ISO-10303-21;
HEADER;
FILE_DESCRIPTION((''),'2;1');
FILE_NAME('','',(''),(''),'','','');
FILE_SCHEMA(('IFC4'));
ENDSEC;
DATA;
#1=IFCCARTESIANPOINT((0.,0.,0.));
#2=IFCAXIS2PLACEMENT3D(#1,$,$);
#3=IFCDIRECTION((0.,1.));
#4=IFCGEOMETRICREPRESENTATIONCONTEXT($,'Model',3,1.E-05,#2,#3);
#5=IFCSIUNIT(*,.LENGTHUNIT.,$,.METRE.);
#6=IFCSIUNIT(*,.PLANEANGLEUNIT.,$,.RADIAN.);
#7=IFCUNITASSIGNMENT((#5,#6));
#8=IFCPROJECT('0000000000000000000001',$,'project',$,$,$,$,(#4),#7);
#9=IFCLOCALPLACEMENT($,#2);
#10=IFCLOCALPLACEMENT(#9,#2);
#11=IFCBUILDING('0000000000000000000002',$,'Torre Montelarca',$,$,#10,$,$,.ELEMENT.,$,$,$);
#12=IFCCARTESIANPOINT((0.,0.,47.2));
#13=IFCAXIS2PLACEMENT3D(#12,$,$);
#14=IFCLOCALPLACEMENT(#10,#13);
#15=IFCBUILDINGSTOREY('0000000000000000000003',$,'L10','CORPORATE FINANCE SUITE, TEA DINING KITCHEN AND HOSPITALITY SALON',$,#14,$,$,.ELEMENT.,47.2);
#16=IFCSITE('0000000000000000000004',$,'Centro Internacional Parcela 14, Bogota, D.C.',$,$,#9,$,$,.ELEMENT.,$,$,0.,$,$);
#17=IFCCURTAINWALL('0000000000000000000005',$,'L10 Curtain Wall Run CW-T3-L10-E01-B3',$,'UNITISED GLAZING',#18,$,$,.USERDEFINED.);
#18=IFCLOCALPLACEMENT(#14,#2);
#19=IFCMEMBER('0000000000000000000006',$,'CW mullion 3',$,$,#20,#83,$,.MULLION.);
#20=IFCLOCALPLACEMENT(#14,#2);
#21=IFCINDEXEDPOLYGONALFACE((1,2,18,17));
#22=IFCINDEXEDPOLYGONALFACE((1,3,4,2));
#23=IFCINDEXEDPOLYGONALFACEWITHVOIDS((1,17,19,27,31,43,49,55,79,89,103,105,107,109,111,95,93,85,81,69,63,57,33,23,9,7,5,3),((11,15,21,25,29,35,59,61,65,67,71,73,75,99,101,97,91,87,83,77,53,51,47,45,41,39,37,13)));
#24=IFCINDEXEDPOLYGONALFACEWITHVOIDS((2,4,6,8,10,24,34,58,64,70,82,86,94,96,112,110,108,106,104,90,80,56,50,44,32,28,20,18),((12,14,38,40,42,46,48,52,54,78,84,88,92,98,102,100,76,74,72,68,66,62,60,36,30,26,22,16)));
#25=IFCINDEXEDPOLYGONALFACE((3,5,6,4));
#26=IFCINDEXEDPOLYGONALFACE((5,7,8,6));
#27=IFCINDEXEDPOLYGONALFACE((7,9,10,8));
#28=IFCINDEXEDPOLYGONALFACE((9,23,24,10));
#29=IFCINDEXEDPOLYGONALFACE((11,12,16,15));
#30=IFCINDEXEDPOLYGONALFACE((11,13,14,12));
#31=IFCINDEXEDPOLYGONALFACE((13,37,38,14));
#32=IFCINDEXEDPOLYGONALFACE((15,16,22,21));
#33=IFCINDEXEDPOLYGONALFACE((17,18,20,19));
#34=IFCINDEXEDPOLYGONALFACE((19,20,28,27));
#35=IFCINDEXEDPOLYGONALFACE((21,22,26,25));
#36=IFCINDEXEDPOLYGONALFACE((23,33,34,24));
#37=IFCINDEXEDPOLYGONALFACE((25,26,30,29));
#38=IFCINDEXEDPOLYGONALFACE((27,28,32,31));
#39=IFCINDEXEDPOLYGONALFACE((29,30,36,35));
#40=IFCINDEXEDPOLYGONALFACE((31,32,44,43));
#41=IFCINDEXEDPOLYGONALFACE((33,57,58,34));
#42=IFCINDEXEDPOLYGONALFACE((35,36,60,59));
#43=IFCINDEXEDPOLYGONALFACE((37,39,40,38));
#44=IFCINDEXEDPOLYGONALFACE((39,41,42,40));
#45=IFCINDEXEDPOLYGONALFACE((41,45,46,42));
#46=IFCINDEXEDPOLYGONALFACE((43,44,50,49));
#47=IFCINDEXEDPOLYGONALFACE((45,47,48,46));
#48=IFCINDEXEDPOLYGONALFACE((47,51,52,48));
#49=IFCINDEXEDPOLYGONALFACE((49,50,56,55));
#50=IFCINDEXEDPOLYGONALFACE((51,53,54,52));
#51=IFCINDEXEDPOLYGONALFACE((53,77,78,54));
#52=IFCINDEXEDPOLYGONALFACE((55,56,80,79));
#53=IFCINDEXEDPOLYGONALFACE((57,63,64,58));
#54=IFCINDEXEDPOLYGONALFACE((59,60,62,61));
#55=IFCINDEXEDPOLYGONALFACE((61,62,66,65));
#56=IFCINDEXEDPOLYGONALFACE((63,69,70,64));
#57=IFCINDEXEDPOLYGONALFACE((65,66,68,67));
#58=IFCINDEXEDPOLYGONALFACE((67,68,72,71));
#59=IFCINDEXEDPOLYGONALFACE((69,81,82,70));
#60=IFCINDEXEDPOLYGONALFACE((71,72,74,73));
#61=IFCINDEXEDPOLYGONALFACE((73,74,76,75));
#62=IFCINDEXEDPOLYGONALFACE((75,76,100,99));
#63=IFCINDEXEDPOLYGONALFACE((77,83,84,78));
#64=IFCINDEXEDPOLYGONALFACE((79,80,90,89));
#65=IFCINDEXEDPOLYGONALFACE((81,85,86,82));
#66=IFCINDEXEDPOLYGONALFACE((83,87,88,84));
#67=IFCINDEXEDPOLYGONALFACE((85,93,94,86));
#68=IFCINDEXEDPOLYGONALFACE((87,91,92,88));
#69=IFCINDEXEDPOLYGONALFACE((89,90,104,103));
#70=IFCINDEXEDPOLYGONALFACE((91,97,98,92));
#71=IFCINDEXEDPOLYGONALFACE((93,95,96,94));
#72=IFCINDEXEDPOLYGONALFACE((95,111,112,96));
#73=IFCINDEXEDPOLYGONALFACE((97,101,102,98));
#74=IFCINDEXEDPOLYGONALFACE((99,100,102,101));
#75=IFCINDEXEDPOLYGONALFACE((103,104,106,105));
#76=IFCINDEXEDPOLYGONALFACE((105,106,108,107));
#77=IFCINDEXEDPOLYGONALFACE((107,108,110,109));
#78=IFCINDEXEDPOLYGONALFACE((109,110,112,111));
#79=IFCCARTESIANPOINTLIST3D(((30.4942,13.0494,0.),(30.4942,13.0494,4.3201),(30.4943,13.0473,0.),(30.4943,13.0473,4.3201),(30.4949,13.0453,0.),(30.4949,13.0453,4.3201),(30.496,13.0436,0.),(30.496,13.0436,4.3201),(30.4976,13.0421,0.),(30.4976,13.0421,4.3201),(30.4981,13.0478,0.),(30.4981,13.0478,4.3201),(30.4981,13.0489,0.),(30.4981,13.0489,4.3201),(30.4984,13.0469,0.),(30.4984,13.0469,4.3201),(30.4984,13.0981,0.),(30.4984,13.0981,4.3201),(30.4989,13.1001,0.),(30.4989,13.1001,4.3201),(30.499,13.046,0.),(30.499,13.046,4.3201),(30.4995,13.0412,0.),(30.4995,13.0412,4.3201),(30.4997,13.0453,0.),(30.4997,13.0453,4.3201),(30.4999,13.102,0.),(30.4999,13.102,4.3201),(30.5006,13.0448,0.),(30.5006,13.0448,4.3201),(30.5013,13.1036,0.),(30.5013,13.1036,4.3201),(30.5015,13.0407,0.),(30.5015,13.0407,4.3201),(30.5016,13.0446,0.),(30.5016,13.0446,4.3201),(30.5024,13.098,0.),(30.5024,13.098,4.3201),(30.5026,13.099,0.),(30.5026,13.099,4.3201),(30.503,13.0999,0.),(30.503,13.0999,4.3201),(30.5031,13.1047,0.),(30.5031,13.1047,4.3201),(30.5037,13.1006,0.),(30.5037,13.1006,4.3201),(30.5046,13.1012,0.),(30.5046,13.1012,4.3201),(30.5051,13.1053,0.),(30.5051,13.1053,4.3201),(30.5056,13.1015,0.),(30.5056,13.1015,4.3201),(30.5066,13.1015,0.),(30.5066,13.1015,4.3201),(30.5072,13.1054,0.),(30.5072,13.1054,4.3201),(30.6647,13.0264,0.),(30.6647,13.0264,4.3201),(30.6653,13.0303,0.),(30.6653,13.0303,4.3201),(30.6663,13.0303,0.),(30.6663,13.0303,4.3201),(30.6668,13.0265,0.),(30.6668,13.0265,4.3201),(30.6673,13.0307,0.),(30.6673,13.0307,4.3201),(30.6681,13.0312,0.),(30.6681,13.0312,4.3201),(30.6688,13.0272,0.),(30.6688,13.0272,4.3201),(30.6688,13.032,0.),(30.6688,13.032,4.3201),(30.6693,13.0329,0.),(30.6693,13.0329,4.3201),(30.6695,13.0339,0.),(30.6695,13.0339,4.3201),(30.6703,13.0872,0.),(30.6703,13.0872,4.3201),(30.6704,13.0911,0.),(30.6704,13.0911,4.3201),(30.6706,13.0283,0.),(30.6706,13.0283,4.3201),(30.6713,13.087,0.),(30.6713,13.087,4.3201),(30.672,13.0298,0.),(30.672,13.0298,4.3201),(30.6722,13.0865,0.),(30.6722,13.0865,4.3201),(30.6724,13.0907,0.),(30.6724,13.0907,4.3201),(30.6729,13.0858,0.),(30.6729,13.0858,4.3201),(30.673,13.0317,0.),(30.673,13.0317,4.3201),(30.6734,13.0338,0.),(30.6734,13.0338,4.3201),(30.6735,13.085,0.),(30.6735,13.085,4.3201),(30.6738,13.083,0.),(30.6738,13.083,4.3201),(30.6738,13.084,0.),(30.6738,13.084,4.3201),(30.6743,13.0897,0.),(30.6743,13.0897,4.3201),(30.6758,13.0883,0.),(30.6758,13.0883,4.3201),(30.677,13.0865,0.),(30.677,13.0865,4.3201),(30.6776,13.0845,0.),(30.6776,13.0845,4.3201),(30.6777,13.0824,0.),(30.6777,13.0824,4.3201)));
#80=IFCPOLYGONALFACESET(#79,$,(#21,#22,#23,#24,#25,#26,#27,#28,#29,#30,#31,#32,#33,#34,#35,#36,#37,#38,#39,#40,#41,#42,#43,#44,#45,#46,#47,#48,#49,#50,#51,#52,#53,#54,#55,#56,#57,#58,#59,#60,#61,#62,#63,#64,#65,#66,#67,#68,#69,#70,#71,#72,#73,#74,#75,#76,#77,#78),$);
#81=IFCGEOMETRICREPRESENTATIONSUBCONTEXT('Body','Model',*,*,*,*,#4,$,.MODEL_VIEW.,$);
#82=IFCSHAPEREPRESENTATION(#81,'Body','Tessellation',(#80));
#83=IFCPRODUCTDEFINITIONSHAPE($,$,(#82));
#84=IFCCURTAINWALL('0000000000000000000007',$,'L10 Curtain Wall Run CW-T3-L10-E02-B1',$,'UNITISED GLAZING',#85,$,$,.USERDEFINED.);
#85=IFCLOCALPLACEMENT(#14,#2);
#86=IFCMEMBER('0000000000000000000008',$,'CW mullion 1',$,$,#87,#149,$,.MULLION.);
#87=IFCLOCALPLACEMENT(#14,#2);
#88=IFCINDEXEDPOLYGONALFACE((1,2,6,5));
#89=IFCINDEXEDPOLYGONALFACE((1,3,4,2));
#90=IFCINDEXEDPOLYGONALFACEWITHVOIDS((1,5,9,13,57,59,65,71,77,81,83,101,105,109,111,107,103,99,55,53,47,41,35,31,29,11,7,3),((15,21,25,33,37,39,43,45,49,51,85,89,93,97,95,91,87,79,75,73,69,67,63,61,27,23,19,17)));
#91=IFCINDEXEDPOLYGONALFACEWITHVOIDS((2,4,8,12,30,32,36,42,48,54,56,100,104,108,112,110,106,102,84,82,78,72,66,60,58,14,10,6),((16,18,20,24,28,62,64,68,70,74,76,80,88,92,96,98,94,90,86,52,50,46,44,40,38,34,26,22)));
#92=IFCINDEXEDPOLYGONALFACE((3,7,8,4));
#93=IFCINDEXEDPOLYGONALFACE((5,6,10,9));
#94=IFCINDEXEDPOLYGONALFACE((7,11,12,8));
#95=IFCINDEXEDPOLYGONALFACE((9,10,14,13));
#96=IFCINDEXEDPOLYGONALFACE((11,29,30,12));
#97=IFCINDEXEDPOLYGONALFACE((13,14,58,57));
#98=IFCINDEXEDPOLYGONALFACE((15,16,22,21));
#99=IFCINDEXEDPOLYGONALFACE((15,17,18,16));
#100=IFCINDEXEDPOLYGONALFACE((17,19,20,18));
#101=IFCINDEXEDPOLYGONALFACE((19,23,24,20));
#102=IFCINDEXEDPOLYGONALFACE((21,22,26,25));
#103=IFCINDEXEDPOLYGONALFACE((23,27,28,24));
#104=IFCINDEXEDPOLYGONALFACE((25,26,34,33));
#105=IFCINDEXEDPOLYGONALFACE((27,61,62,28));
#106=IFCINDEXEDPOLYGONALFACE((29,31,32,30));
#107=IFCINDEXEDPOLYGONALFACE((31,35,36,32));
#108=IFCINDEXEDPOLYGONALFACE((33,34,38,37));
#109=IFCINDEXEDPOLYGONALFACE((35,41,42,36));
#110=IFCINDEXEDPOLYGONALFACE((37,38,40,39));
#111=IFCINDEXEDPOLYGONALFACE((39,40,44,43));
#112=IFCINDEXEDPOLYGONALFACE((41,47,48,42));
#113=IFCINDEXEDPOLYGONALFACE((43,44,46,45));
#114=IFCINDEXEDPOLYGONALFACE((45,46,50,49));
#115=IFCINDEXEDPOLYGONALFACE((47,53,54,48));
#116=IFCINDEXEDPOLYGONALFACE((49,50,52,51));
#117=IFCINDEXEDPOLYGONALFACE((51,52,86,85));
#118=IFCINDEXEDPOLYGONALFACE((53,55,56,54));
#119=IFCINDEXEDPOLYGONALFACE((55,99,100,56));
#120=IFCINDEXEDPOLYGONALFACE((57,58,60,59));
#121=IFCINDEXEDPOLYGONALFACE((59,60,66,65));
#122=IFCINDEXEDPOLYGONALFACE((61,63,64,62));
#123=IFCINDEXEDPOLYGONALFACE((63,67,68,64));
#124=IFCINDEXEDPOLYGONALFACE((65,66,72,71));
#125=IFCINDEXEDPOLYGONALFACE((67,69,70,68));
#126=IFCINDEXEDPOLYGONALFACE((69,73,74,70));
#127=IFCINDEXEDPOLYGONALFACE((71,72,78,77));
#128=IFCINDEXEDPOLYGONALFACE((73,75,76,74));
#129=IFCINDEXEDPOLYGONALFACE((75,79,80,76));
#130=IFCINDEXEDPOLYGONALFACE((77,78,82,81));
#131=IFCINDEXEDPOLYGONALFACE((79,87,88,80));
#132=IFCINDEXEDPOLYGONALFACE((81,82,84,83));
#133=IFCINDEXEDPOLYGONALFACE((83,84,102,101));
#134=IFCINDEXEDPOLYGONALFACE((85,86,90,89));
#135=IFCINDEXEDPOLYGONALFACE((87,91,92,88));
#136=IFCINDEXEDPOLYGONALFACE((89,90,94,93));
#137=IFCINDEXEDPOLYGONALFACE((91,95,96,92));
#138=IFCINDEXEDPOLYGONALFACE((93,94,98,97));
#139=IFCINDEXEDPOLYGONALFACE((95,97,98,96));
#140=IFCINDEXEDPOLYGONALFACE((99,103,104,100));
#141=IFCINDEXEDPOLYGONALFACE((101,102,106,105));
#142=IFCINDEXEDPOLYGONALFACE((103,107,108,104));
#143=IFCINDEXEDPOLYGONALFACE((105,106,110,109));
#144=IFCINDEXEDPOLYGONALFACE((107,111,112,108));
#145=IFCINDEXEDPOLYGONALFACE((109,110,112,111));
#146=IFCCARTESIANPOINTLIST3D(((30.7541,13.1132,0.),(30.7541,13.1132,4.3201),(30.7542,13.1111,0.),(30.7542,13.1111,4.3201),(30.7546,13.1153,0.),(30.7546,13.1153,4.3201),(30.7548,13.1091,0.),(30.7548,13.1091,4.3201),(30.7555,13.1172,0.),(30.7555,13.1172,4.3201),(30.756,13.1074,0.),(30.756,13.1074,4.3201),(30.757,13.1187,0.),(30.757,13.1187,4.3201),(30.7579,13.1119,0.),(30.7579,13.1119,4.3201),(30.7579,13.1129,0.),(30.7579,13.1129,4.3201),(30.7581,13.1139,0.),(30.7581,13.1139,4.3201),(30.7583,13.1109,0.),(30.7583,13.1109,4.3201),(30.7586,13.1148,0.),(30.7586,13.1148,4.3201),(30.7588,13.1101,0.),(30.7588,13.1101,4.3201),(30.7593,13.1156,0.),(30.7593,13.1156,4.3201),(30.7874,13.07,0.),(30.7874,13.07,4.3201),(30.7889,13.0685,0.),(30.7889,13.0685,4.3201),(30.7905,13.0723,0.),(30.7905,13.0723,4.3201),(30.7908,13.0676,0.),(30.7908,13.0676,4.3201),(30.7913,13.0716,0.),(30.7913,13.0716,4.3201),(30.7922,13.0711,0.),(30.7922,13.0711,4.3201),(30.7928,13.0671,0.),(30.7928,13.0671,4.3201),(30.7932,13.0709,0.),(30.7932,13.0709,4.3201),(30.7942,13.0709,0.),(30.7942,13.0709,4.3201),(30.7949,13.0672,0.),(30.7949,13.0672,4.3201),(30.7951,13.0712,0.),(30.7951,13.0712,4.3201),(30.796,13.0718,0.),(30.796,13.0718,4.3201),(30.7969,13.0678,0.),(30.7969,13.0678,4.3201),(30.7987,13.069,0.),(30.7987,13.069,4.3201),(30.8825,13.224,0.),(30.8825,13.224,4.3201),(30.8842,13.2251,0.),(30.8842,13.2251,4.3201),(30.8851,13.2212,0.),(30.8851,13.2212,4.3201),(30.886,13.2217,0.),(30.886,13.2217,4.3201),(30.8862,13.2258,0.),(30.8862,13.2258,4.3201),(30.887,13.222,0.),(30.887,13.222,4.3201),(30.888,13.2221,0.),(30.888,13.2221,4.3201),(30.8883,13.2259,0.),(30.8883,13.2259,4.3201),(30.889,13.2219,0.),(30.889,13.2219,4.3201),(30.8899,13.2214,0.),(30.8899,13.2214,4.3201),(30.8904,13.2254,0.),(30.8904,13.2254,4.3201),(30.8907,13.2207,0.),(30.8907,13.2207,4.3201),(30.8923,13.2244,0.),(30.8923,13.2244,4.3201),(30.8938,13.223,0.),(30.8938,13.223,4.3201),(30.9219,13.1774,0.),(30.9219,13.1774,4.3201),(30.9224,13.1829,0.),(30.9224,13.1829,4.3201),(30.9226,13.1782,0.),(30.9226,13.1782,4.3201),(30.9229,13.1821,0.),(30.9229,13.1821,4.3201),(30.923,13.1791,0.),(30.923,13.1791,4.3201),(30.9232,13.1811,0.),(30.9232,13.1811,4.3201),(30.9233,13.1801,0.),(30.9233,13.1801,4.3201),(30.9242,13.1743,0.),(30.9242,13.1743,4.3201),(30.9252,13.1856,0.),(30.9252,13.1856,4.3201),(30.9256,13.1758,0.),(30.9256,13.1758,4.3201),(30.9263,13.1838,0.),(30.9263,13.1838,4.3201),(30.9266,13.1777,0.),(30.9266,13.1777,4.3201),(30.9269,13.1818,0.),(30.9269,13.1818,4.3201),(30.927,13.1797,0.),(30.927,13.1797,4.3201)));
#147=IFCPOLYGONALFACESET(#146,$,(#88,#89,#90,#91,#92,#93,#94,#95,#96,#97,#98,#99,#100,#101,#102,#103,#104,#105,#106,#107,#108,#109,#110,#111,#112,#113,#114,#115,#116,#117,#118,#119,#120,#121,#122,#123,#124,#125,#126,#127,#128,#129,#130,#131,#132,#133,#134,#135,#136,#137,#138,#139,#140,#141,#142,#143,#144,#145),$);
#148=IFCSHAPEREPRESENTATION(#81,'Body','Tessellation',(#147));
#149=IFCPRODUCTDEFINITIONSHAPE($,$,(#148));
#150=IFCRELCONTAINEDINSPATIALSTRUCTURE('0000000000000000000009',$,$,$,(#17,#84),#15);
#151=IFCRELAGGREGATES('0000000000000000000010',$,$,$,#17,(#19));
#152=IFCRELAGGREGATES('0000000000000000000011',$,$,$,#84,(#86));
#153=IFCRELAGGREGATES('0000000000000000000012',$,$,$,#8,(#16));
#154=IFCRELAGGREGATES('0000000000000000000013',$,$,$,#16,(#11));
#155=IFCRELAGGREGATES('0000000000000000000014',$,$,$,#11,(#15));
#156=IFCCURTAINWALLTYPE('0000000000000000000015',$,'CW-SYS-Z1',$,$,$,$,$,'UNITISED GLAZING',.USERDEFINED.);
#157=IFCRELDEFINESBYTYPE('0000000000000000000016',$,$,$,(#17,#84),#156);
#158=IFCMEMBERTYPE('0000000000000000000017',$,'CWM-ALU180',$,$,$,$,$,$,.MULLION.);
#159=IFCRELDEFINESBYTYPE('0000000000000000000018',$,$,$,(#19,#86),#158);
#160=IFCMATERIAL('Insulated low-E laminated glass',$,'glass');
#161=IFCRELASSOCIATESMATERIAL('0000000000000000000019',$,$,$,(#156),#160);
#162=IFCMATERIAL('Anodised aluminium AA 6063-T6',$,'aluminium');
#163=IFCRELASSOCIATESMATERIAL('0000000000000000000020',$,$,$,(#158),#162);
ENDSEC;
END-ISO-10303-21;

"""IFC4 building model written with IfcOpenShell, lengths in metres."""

from ifc_helpers import new_model, si_unit, direction, frame, origin, origin_2d, place, context, subcontext, project, spatial, hollow_rectangle, extrude, source, transform, mapped, material, material_profile, profile_set, type_object, element, aggregate, save


model = new_model("IFC4")

# Units and contexts
model_context = context("Model", 3, precision=1e-05, world=origin(), true_north=direction((0.0, 1.0)))
body_context = subcontext(model_context, "Body", "Model", "MODEL_VIEW")
ifc_project = project(units=[si_unit("LENGTHUNIT", "METRE"), si_unit("PLANEANGLEUNIT", "RADIAN")], contexts=[model_context])

# Site, building, storey
site_placement = place(None, origin())
site = spatial("IfcSite", under=ifc_project, at=site_placement, Name="Centro Internacional Parcela 14, Bogota, D.C.", CompositionType="ELEMENT", RefElevation=0.0)
building_placement = place(site_placement, origin())
building = spatial("IfcBuilding", under=site, at=building_placement, Name="Torre Montelarca", CompositionType="ELEMENT")
storey_placement = place(building_placement, frame((0.0, 0.0, 47.2)))
storey = spatial("IfcBuildingStorey", under=building, at=storey_placement, Name="L10", Description="CORPORATE FINANCE SUITE, TEA DINING KITCHEN AND HOSPITALITY SALON", CompositionType="ELEMENT", Elevation=47.2)

# Shared definitions
ifc_material_1 = material(Name="Insulated low-E laminated glass", Category="glass")
curtain_wall_type = type_object("IfcCurtainWallType", Name="CW-SYS-Z1", ElementType="UNITISED GLAZING", PredefinedType="USERDEFINED", material=ifc_material_1)
ifc_material_2 = material(Name="Anodised aluminium AA 6063-T6", Category="aluminium")
ifc_material_profile_1 = material_profile(ifc_material_2, hollow_rectangle(XDim=0.0649, YDim=0.1799, WallThickness=0.0039, InnerFilletRadius=0.0039, OuterFilletRadius=0.0081, at=origin_2d()), Name="ALU65X180X4", Category="aluminium")
ifc_profile_set_1 = profile_set([ifc_material_profile_1], Name="Anodised aluminium AA 6063-T6")
member_type_1 = type_object("IfcMemberType", Name="CWM-ALU180", PredefinedType="MULLION", material=ifc_profile_set_1)
shared_shape_1 = source(origin(), body_context, "Body", "SweptSolid", [
    extrude(hollow_rectangle(XDim=0.0649, YDim=0.1799, WallThickness=0.0039, InnerFilletRadius=0.0039, OuterFilletRadius=0.0081, at=origin_2d()), origin(), (0.0, 0.0, 1.0), 4.3201),
])

# Curtain walls, members
curtain_wall_1_placement = place(storey_placement, origin())
curtain_wall_1 = element("IfcCurtainWall", 1, at=curtain_wall_1_placement, inside=storey, type_object=curtain_wall_type, Name="L10 Curtain Wall Run CW-T3-L10-E01-B3", ObjectType="UNITISED GLAZING", PredefinedType="USERDEFINED")
member_1_placement = place(storey_placement, frame((30.5859, 13.0659, 0.0), z_axis=(0.0, 0.0, 1.0), x_axis=(0.087165, 0.996194, 0.0)))
member_1 = element("IfcMember", 2, at=member_1_placement, type_object=member_type_1, Name="CW mullion 3", PredefinedType="MULLION", context=body_context, shape_type="MappedRepresentation", body=[
    mapped(shared_shape_1, transform((0.0, 0.0, 0.0), scale=1.0)),
])
curtain_wall_2_placement = place(storey_placement, origin())
curtain_wall_2 = element("IfcCurtainWall", 3, at=curtain_wall_2_placement, inside=storey, type_object=curtain_wall_type, Name="L10 Curtain Wall Run CW-T3-L10-E02-B1", ObjectType="UNITISED GLAZING", PredefinedType="USERDEFINED")
member_2_placement = place(storey_placement, frame((30.8406, 13.1465, 0.0), z_axis=(0.0, 0.0, 1.0), x_axis=(-0.642778, 0.766053, 0.0)))
member_2 = element("IfcMember", 4, at=member_2_placement, type_object=member_type_1, Name="CW mullion 1", PredefinedType="MULLION", context=body_context, shape_type="MappedRepresentation", body=[
    mapped(shared_shape_1, transform((0.0, 0.0, 0.0), scale=1.0)),
])

aggregate(curtain_wall_1, [member_1])
aggregate(curtain_wall_2, [member_2])

save(model, "model.ifc")
